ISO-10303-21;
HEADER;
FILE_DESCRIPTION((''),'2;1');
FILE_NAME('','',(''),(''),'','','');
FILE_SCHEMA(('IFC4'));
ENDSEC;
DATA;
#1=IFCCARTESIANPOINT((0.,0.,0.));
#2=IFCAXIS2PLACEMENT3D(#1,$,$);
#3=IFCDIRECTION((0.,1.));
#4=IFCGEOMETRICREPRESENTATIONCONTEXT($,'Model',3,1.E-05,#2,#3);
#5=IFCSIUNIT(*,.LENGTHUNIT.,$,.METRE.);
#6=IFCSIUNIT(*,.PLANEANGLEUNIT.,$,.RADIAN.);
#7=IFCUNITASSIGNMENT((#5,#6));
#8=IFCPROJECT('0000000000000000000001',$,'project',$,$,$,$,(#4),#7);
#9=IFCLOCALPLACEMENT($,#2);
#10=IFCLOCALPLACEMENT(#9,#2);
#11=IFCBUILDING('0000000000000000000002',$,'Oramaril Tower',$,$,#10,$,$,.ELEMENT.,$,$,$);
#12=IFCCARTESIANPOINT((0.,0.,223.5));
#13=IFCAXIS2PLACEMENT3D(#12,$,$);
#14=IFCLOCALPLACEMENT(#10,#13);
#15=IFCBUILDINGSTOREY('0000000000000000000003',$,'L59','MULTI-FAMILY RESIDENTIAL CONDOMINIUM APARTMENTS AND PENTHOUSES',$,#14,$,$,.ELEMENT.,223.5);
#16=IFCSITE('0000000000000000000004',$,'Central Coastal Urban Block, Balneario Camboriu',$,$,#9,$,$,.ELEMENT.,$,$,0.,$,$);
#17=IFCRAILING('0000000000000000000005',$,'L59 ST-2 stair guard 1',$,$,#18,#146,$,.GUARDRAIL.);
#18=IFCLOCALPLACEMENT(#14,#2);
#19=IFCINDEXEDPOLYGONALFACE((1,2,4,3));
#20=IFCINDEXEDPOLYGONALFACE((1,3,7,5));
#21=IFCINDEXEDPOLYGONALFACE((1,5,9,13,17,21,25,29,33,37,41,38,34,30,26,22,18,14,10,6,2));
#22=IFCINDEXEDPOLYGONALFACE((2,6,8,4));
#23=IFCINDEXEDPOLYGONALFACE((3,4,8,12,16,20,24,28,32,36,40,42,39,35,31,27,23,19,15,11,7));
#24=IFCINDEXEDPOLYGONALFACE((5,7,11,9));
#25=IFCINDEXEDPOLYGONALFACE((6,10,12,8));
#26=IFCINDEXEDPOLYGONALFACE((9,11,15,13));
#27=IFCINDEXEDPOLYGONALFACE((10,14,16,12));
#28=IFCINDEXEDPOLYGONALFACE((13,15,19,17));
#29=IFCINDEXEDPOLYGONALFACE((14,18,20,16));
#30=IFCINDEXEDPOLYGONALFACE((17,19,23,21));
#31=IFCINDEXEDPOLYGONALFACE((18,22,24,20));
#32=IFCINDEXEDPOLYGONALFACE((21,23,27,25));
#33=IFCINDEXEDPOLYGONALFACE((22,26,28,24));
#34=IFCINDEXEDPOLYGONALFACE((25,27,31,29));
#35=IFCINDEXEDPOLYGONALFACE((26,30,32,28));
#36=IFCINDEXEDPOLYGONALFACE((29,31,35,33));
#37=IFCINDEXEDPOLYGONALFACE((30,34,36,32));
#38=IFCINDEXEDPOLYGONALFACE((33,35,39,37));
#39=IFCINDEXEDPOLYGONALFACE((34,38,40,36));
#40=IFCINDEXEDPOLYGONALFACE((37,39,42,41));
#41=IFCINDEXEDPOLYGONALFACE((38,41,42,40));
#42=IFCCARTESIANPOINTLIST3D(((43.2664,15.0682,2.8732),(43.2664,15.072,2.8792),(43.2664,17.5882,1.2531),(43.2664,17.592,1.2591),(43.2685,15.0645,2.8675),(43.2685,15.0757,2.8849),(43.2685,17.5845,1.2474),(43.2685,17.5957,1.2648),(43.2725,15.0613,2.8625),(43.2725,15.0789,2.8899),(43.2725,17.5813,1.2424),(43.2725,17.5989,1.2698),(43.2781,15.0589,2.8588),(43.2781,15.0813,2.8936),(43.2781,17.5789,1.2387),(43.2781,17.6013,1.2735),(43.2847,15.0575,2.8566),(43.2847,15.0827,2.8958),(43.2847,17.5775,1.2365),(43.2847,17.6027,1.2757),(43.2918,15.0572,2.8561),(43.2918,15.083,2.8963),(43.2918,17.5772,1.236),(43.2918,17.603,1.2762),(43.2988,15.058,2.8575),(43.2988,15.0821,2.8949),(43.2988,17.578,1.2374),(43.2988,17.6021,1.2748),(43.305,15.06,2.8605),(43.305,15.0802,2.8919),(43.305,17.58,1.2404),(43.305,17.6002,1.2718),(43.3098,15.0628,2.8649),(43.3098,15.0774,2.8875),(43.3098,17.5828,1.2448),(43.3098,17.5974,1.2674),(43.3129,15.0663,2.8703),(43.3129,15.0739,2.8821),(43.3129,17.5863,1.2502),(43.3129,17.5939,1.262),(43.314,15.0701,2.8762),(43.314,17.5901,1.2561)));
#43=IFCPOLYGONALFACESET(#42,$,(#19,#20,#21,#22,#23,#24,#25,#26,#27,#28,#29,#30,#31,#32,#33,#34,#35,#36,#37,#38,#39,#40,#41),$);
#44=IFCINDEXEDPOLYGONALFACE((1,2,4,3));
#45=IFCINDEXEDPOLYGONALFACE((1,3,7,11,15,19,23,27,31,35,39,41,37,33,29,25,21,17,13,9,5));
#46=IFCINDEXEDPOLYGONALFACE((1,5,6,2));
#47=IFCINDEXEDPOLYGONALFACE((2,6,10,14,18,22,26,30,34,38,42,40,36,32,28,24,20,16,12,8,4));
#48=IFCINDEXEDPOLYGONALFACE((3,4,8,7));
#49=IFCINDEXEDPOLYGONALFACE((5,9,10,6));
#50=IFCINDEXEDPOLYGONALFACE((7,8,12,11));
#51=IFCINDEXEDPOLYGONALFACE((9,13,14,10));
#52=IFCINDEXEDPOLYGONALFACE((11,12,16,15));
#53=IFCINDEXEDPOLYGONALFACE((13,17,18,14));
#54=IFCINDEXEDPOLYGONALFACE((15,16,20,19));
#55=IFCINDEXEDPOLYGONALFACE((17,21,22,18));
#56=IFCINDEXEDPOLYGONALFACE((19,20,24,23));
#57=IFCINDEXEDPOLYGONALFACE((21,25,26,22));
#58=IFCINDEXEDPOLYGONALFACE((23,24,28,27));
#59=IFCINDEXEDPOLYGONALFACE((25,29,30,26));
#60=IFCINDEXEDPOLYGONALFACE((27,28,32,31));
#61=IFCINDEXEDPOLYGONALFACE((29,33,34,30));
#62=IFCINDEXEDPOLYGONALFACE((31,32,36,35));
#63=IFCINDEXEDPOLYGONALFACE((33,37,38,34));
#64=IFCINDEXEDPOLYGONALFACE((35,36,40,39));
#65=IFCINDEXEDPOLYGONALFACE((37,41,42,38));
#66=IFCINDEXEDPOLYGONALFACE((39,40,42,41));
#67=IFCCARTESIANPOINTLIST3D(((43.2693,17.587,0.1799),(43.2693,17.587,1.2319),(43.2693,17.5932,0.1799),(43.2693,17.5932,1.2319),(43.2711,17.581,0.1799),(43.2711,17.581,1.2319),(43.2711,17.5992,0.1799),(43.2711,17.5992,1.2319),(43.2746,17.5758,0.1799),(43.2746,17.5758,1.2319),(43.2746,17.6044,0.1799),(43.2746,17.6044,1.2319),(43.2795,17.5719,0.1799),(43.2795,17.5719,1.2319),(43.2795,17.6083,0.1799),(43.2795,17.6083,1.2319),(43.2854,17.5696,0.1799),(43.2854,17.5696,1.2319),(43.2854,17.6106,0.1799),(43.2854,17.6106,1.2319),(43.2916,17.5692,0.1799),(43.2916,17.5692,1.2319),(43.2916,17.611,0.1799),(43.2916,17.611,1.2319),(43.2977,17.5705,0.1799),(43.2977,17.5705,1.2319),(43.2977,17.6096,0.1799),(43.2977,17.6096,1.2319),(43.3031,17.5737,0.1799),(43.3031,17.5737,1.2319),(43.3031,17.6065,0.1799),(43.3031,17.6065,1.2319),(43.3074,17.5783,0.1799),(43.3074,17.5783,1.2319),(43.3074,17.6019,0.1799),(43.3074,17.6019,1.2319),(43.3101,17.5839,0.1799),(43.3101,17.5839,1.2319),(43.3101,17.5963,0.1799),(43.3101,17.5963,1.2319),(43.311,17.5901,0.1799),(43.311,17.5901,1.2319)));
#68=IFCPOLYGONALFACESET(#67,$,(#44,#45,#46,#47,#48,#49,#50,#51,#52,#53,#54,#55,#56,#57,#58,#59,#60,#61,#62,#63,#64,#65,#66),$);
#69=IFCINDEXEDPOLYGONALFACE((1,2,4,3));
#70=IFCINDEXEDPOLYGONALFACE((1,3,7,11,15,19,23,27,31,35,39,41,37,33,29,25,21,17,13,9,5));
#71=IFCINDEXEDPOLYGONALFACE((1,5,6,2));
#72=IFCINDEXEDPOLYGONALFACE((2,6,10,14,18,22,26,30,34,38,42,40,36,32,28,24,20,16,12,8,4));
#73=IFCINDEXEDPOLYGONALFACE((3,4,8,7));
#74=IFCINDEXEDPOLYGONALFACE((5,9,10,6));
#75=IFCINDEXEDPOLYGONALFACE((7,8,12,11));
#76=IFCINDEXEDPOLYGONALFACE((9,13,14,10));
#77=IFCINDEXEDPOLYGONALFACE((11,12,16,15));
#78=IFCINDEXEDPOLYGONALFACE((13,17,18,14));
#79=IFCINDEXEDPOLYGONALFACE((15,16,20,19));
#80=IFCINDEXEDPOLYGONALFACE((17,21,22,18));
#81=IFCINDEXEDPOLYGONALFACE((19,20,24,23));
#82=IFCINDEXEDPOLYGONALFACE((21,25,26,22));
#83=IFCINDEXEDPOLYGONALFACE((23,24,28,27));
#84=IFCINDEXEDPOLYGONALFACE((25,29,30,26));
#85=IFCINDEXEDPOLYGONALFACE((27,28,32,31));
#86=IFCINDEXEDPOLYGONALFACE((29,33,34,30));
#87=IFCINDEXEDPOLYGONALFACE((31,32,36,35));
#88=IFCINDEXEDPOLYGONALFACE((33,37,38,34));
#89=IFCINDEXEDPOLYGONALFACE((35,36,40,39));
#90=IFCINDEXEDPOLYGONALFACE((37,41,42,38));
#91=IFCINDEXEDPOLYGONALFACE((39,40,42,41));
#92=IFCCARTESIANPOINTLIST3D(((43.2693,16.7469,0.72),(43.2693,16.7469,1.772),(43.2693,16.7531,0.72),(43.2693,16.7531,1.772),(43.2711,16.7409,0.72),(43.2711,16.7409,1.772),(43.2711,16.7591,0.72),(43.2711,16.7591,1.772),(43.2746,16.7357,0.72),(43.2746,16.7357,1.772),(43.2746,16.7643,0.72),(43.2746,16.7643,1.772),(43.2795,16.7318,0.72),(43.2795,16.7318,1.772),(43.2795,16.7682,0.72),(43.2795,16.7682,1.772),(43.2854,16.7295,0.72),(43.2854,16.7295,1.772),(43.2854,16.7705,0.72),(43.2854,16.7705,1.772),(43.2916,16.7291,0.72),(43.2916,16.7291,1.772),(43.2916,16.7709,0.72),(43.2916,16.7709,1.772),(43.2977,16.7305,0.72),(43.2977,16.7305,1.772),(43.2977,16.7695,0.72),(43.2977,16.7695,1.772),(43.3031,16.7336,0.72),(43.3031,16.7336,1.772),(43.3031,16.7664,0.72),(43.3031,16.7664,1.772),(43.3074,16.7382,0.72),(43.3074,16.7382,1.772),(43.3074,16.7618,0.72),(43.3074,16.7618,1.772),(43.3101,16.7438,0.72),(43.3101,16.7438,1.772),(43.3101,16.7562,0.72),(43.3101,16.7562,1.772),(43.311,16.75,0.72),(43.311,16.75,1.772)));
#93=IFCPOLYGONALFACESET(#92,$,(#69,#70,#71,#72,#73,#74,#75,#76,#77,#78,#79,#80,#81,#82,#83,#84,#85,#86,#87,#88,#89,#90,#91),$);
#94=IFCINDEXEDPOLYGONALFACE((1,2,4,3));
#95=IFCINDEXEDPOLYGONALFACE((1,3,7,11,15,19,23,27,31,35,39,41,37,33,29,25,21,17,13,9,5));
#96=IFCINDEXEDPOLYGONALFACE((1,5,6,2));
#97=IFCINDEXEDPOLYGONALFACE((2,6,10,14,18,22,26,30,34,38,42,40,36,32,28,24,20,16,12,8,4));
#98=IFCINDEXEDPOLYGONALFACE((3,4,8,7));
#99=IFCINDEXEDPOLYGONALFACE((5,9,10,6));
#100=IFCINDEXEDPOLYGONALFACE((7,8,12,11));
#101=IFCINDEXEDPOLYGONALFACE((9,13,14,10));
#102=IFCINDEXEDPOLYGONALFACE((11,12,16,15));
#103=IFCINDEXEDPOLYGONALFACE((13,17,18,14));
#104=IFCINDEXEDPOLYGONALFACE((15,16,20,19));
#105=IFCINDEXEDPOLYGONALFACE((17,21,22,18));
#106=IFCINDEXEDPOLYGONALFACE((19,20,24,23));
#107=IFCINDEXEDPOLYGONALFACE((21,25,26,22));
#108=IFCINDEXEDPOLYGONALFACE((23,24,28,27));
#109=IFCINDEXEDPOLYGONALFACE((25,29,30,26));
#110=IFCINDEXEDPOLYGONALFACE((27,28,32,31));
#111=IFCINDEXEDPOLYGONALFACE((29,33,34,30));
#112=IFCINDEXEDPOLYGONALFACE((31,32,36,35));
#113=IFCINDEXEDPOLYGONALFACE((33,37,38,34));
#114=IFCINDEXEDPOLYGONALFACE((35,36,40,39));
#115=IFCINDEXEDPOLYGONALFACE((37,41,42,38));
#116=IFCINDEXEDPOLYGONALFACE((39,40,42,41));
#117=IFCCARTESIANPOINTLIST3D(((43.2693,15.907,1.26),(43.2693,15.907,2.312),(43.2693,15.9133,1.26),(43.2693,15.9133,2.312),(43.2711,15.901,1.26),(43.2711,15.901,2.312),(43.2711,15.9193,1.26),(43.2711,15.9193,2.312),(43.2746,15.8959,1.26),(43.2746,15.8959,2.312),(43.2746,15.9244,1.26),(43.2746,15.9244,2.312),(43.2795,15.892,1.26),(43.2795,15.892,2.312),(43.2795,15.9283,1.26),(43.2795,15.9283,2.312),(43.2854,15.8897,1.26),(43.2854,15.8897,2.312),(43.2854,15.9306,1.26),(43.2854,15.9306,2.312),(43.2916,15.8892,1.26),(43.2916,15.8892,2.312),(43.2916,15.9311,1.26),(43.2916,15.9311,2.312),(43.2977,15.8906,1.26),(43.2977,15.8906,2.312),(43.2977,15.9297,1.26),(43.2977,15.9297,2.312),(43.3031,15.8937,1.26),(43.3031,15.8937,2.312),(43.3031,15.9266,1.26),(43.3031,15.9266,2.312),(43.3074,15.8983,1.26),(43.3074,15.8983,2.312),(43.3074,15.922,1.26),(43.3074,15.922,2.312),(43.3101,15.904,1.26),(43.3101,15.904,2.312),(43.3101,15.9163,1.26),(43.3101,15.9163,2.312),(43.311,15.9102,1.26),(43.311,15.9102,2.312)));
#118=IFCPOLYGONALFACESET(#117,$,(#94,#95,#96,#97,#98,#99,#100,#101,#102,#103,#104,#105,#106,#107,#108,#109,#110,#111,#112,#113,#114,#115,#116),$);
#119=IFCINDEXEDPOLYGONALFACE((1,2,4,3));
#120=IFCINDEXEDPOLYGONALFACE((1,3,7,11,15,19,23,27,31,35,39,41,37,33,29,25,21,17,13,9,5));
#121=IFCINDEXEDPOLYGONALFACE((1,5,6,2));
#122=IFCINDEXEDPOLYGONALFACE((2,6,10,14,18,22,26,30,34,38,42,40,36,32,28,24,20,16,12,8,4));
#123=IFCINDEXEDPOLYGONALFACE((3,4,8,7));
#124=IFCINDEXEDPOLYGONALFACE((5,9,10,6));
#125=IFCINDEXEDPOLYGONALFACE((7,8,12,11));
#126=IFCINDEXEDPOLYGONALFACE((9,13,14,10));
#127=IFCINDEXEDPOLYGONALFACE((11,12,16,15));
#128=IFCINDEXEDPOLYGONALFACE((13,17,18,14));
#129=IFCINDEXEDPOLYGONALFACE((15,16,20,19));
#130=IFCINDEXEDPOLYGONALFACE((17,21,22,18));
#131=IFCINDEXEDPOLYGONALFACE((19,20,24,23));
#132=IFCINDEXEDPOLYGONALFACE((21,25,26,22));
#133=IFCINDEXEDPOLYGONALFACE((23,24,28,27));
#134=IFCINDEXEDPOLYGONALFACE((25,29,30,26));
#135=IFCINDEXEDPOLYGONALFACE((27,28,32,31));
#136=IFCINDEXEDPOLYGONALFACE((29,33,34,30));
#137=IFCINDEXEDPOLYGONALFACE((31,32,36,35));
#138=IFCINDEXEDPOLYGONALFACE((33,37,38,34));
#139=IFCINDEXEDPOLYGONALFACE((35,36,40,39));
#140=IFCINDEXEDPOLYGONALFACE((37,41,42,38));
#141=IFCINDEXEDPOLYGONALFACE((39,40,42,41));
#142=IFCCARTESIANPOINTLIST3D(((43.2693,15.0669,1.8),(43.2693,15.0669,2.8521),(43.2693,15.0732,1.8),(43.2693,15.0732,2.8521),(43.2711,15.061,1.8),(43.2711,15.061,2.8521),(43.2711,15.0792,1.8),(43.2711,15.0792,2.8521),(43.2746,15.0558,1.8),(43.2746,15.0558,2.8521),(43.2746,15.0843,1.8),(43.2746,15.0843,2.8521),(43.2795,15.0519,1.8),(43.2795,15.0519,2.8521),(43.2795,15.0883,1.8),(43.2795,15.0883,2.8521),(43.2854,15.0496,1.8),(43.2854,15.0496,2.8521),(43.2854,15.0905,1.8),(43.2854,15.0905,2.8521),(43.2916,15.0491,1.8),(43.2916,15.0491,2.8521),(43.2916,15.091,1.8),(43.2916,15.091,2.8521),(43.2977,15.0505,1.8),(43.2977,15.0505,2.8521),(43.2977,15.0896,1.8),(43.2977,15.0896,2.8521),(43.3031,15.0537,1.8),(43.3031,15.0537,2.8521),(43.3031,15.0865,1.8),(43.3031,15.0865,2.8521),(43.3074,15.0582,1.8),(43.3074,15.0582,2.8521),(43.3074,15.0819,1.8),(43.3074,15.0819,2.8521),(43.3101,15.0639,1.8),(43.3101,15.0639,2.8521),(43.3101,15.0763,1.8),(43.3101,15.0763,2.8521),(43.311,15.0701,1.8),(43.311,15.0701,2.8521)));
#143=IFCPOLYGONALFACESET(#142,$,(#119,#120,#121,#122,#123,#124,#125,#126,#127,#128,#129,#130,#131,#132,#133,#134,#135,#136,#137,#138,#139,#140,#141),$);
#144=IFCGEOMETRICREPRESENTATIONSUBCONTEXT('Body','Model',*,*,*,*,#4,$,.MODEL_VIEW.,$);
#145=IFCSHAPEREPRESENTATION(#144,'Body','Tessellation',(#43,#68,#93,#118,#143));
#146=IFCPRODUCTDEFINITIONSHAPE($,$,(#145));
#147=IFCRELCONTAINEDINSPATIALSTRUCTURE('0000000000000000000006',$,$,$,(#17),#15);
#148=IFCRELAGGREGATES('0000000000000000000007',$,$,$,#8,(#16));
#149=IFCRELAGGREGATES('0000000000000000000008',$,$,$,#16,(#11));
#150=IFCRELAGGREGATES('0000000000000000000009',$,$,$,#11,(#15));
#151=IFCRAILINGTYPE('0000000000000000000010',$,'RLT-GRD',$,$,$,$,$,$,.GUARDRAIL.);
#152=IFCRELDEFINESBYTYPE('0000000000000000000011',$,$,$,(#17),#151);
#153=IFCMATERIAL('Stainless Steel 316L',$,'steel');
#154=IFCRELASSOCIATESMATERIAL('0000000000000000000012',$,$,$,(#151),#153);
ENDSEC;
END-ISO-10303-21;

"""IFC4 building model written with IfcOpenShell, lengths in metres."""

from ifc_helpers import new_model, si_unit, direction, frame, origin, origin_2d, place, context, subcontext, project, spatial, circle, extrude, material, type_object, element, save


model = new_model("IFC4")

# Units and contexts
model_context = context("Model", 3, precision=1e-05, world=origin(), true_north=direction((0.0, 1.0)))
body_context = subcontext(model_context, "Body", "Model", "MODEL_VIEW")
ifc_project = project(units=[si_unit("LENGTHUNIT", "METRE"), si_unit("PLANEANGLEUNIT", "RADIAN")], contexts=[model_context])

# Site, building, storey
site_placement = place(None, origin())
site = spatial("IfcSite", under=ifc_project, at=site_placement, Name="Central Coastal Urban Block, Balneario Camboriu", CompositionType="ELEMENT", RefElevation=0.0)
building_placement = place(site_placement, origin())
building = spatial("IfcBuilding", under=site, at=building_placement, Name="Oramaril Tower", CompositionType="ELEMENT")
storey_placement = place(building_placement, frame((0.0, 0.0, 223.5)))
storey = spatial("IfcBuildingStorey", under=building, at=storey_placement, Name="L59", Description="MULTI-FAMILY RESIDENTIAL CONDOMINIUM APARTMENTS AND PENTHOUSES", CompositionType="ELEMENT", Elevation=223.5)

# Railing
ifc_material_1 = material(Name="Stainless Steel 316L", Category="steel")
railing_type_1 = type_object("IfcRailingType", Name="RLT-GRD", PredefinedType="GUARDRAIL", material=ifc_material_1)
railing_1_placement = place(storey_placement, frame((43.29, 17.5901, 0.1799)))
element("IfcRailing", 1, at=railing_1_placement, inside=storey, type_object=railing_type_1, Name="L59 ST-2 stair guard 1", PredefinedType="GUARDRAIL", context=body_context, shape_type="SweptSolid", body=[
    extrude(circle(Radius=0.0239, at=origin_2d()), frame((0.0, 0.0, 1.0762), z_axis=(0.0, -0.841163, 0.540782), x_axis=(1.0, 0.0, 0.0)), (0.0, 0.0, 1.0), 2.9958),
    extrude(circle(Radius=0.021, at=origin_2d()), origin(), (0.0, 0.0, 1.0), 1.052),
    extrude(circle(Radius=0.021, at=origin_2d()), frame((0.0, -0.8401, 0.54)), (0.0, 0.0, 1.0), 1.052),
    extrude(circle(Radius=0.021, at=origin_2d()), frame((0.0, -1.6799, 1.0801)), (0.0, 0.0, 1.0), 1.052),
    extrude(circle(Radius=0.021, at=origin_2d()), frame((0.0, -2.52, 1.6201)), (0.0, 0.0, 1.0), 1.052),
])

save(model, "model.ifc")
